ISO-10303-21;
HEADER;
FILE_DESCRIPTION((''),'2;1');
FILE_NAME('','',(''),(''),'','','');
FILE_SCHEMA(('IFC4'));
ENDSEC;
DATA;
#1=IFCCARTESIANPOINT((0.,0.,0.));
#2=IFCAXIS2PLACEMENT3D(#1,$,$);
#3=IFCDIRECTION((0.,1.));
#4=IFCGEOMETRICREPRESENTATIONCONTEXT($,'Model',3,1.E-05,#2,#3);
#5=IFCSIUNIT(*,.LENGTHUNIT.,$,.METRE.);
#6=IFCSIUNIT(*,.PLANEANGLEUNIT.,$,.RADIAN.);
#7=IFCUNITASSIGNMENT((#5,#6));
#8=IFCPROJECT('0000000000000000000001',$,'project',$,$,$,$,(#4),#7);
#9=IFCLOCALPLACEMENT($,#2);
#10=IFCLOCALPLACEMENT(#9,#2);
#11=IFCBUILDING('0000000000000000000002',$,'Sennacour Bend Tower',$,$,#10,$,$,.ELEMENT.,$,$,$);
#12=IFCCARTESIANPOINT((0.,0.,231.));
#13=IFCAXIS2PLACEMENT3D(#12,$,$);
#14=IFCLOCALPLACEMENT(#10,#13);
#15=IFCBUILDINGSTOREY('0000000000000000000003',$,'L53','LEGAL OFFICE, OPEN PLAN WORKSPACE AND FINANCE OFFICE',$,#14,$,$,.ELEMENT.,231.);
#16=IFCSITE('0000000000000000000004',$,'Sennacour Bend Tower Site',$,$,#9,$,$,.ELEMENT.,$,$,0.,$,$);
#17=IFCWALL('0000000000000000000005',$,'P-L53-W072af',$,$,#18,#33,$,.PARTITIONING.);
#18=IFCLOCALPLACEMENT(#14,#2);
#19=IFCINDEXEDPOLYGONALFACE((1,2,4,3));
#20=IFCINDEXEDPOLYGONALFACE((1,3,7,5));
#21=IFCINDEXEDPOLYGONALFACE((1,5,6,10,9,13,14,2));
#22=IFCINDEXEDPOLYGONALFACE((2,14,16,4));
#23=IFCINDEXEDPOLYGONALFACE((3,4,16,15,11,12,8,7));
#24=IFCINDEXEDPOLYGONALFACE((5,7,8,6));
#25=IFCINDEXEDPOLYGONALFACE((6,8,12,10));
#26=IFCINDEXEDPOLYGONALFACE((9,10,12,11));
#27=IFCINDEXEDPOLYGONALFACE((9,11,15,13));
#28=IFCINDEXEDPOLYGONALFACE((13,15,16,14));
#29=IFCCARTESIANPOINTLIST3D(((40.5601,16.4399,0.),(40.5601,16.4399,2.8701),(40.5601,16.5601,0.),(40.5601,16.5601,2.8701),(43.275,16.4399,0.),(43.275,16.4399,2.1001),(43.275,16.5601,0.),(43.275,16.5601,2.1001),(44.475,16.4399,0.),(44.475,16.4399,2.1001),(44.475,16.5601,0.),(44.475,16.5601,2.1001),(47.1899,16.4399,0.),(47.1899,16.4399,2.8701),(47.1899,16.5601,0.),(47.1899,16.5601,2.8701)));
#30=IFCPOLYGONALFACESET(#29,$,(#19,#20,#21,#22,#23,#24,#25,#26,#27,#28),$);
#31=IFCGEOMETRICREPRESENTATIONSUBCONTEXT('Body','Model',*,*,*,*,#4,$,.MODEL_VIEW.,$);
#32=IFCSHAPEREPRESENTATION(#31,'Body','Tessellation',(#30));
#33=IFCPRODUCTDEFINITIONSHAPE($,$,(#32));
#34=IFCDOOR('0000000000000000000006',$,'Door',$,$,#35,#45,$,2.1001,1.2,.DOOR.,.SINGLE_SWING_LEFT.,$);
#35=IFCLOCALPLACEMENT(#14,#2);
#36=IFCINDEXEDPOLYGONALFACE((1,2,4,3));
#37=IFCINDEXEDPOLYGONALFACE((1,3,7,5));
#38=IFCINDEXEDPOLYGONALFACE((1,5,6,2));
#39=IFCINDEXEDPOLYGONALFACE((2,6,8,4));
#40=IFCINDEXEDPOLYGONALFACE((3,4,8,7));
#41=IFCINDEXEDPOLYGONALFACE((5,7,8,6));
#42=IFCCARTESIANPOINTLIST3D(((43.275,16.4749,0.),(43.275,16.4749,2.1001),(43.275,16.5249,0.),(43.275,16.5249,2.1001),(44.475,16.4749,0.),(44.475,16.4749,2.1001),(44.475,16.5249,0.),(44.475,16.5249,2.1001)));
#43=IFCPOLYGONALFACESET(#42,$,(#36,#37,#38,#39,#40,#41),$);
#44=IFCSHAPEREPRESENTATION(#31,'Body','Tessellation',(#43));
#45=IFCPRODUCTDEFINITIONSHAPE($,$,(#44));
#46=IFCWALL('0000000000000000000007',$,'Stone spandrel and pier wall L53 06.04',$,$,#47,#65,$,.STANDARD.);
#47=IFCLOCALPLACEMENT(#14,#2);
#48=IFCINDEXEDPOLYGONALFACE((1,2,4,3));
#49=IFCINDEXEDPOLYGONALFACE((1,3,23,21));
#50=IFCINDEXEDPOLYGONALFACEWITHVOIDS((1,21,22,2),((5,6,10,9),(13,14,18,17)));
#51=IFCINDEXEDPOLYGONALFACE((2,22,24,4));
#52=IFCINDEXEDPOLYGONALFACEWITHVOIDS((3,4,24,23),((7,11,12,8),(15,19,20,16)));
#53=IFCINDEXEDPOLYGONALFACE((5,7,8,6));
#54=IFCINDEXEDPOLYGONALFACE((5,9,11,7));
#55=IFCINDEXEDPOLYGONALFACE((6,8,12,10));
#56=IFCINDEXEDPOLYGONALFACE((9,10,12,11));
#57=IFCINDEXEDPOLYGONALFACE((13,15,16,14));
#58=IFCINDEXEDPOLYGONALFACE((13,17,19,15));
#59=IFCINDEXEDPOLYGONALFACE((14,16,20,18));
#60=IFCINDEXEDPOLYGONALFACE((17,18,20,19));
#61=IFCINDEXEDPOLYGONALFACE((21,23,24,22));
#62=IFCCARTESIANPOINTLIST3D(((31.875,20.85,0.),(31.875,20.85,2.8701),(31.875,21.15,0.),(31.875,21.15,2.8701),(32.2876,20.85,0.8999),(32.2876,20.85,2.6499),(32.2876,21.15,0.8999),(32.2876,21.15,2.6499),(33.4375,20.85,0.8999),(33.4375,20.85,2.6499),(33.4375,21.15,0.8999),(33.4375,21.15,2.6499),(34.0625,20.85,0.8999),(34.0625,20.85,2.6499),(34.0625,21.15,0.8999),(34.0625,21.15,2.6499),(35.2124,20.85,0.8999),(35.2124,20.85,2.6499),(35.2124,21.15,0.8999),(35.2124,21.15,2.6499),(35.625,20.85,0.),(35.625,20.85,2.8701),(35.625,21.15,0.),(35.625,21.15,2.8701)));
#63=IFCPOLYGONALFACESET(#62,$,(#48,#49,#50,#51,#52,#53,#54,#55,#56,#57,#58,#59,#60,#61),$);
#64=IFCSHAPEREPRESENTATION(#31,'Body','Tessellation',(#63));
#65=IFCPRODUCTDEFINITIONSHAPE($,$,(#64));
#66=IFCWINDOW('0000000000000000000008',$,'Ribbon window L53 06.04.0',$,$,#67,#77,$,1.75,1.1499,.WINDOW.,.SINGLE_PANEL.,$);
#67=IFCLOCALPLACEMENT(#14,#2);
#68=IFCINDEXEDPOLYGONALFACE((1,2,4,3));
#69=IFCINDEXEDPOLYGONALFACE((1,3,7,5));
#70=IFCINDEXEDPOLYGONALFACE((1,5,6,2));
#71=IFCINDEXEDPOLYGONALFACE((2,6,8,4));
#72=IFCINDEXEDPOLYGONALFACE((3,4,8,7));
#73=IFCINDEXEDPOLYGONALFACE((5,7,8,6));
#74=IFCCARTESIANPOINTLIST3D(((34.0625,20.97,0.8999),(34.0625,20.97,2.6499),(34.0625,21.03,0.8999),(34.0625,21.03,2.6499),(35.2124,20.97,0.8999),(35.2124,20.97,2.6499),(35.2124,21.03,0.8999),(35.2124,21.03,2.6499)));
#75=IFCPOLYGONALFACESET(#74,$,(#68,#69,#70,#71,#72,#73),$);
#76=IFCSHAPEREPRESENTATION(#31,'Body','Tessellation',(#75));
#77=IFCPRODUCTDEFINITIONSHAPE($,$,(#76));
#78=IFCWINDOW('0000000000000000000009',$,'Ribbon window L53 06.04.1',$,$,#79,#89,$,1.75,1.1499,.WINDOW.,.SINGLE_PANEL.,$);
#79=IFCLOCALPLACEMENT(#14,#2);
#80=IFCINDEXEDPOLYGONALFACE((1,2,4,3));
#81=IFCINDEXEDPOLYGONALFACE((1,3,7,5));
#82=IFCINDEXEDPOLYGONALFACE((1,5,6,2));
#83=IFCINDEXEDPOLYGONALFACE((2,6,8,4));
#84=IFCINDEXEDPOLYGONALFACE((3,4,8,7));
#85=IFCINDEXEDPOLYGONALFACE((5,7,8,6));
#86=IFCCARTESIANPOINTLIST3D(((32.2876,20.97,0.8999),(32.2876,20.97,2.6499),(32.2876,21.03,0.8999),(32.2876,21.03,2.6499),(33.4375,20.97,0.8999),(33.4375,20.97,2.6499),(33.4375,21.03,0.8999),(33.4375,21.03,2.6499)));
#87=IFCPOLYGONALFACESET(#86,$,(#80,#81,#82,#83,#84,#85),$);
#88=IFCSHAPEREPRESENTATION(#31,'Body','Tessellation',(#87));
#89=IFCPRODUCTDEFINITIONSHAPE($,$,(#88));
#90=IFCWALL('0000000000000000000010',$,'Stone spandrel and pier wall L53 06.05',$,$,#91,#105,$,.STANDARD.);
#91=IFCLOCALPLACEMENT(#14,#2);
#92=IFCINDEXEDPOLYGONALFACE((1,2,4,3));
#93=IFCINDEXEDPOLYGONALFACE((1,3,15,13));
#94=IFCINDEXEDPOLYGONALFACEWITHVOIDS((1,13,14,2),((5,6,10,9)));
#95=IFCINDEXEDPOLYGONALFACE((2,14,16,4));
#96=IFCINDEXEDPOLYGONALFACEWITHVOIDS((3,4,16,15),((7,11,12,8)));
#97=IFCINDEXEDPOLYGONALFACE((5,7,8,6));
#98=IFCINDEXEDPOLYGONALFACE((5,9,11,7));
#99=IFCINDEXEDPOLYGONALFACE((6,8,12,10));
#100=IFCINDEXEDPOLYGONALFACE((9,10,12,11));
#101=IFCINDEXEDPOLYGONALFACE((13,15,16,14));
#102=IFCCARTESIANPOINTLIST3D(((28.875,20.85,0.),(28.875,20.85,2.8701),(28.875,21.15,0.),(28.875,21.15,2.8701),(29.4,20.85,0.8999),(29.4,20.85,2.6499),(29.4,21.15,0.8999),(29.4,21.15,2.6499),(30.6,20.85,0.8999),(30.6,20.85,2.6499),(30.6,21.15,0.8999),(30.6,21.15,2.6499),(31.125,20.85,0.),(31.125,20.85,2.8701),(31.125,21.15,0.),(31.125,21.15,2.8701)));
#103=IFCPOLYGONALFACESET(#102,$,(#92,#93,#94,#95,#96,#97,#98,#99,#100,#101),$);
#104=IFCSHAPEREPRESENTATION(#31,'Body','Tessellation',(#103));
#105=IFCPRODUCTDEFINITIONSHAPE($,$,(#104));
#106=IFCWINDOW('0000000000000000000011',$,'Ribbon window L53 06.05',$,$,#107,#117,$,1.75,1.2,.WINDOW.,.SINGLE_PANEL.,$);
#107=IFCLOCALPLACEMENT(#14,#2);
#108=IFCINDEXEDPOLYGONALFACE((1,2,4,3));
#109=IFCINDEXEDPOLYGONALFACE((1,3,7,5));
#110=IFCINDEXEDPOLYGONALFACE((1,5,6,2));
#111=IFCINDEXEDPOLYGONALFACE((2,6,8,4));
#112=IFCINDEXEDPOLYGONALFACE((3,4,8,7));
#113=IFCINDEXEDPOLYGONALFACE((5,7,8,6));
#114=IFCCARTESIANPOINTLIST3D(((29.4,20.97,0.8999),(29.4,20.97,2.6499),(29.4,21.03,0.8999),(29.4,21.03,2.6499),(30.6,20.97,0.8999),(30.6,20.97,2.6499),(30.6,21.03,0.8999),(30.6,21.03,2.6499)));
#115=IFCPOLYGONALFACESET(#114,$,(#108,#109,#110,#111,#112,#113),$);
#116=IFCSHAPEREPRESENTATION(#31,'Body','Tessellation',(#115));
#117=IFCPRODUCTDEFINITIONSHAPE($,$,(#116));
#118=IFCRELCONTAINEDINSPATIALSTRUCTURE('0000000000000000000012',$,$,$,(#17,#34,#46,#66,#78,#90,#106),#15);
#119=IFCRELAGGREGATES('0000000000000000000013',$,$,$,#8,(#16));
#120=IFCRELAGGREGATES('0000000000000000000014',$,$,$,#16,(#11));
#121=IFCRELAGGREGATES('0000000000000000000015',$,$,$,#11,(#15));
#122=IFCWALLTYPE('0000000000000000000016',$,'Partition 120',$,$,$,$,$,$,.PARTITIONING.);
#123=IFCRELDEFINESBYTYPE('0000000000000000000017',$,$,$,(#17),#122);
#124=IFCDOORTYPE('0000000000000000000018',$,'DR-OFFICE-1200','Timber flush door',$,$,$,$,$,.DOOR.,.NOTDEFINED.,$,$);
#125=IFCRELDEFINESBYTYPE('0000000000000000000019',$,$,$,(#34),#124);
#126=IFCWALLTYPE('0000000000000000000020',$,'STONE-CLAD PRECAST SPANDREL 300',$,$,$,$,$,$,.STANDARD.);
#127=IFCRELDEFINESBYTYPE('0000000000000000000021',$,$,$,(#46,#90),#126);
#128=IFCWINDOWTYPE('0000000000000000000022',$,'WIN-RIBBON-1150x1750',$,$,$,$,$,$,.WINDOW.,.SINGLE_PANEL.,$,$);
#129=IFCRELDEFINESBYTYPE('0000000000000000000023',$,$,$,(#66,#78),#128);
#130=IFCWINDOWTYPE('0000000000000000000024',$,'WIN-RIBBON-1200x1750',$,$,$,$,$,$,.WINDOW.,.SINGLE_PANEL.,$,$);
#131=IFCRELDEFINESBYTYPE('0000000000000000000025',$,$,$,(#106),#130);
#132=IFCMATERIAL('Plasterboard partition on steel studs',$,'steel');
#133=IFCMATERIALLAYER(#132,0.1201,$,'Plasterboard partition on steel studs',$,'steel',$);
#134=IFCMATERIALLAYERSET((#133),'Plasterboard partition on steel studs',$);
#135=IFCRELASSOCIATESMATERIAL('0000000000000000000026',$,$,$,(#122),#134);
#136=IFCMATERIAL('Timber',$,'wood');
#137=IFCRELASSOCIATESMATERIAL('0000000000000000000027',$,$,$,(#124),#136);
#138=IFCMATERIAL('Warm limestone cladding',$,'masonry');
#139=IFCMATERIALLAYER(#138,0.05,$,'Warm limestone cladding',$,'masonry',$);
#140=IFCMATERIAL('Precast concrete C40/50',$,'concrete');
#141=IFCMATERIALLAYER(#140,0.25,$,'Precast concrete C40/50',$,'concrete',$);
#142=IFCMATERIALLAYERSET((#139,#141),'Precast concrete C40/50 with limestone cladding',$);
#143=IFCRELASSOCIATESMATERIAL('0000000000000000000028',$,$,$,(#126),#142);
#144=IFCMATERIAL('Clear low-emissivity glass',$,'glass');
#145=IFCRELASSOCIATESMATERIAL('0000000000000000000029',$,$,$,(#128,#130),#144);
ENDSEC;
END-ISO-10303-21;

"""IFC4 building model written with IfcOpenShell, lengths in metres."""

from ifc_helpers import new_model, si_unit, direction, frame, frame_2d, origin, place, context, subcontext, project, spatial, rectangle, extrude, material, layer, layer_set, type_object, element, fill, save


model = new_model("IFC4")

# Units and contexts
model_context = context("Model", 3, precision=1e-05, world=origin(), true_north=direction((0.0, 1.0)))
body_context = subcontext(model_context, "Body", "Model", "MODEL_VIEW")
ifc_project = project(units=[si_unit("LENGTHUNIT", "METRE"), si_unit("PLANEANGLEUNIT", "RADIAN")], contexts=[model_context])

# Site, building, storey
site_placement = place(None, origin())
site = spatial("IfcSite", under=ifc_project, at=site_placement, Name="Sennacour Bend Tower Site", CompositionType="ELEMENT", RefElevation=0.0)
building_placement = place(site_placement, origin())
building = spatial("IfcBuilding", under=site, at=building_placement, Name="Sennacour Bend Tower", CompositionType="ELEMENT")
storey_placement = place(building_placement, frame((0.0, 0.0, 231.0)))
storey = spatial("IfcBuildingStorey", under=building, at=storey_placement, Name="L53", Description="LEGAL OFFICE, OPEN PLAN WORKSPACE AND FINANCE OFFICE", CompositionType="ELEMENT", Elevation=231.0)

# Shared definitions
ifc_material_1 = material(Name="Plasterboard partition on steel studs", Category="steel")
ifc_layer_1 = layer(ifc_material_1, 0.1201, Name="Plasterboard partition on steel studs", Category="steel")
ifc_layer_set_1 = layer_set([ifc_layer_1], Name="Plasterboard partition on steel studs")
wall_type_1 = type_object("IfcWallType", Name="Partition 120", PredefinedType="PARTITIONING", material=ifc_layer_set_1)

# Shared definitions
ifc_material_2 = material(Name="Timber", Category="wood")
door_type_1 = type_object("IfcDoorType", Name="DR-OFFICE-1200", Description="Timber flush door", OperationType="NOTDEFINED", PredefinedType="DOOR", material=ifc_material_2)

# Wall, opening, door
wall_1_placement = place(storey_placement, frame((40.5601, 16.5, 0.0), z_axis=(0.0, 0.0, 1.0), x_axis=(1.0, 0.0, 0.0)))
wall_1 = element("IfcWall", 1, at=wall_1_placement, inside=storey, type_object=wall_type_1, Name="P-L53-W072af", PredefinedType="PARTITIONING", context=body_context, shape_type="SweptSolid", body=[
    extrude(rectangle(XDim=6.6299, YDim=0.1201, at=frame_2d((3.3149, 0.0))), origin(), (0.0, 0.0, 1.0), 2.8701),
])
opening_1_placement = place(wall_1_placement, frame((2.7148, 0.0, 0.0)))
opening_1 = element("IfcOpeningElement", 2, at=opening_1_placement, cuts=wall_1, PredefinedType="OPENING", context=body_context, shape_type="SweptSolid", body=[
    extrude(rectangle(XDim=1.2, YDim=2.1001, at=frame_2d((0.6001, 1.05))), frame((0.0, 0.0701, 0.0), z_axis=(0.0, -1.0, 0.0), x_axis=(1.0, 0.0, 0.0)), (0.0, 0.0, 1.0), 0.1401),
])
door_1_placement = place(opening_1_placement, origin())
door_1 = element("IfcDoor", 3, at=door_1_placement, inside=storey, type_object=door_type_1, Name="Door", OperationType="SINGLE_SWING_LEFT", OverallHeight=2.1001, OverallWidth=1.2, PredefinedType="DOOR", context=body_context, shape_type="SweptSolid", body=[
    extrude(rectangle(XDim=1.2, YDim=2.1001, at=frame_2d((0.6001, 1.05))), frame((0.0, 0.0249, 0.0), z_axis=(0.0, -1.0, 0.0), x_axis=(1.0, 0.0, 0.0)), (0.0, 0.0, 1.0), 0.05),
])
fill(opening_1, door_1)

# Wall, openings, windows
ifc_material_3 = material(Name="Warm limestone cladding", Category="masonry")
ifc_layer_2 = layer(ifc_material_3, 0.05, Name="Warm limestone cladding", Category="masonry")
ifc_material_4 = material(Name="Precast concrete C40/50", Category="concrete")
ifc_layer_3 = layer(ifc_material_4, 0.25, Name="Precast concrete C40/50", Category="concrete")
ifc_layer_set_2 = layer_set([ifc_layer_2, ifc_layer_3], Name="Precast concrete C40/50 with limestone cladding")
wall_type_2 = type_object("IfcWallType", Name="STONE-CLAD PRECAST SPANDREL 300", PredefinedType="STANDARD", material=ifc_layer_set_2)
wall_2_placement = place(storey_placement, frame((35.625, 21.0, 0.0), z_axis=(0.0, 0.0, 1.0), x_axis=(-1.0, 0.0, 0.0)))
wall_2 = element("IfcWall", 4, at=wall_2_placement, inside=storey, type_object=wall_type_2, Name="Stone spandrel and pier wall L53 06.04", PredefinedType="STANDARD", context=body_context, shape_type="SweptSolid", body=[
    extrude(rectangle(XDim=3.75, YDim=0.3, at=frame_2d((1.875, 0.0))), origin(), (0.0, 0.0, 1.0), 2.8701),
])
opening_2_placement = place(wall_2_placement, frame((0.4126, 0.0, 0.8999)))
opening_2 = element("IfcOpeningElement", 5, at=opening_2_placement, cuts=wall_2, PredefinedType="OPENING", context=body_context, shape_type="SweptSolid", body=[
    extrude(rectangle(XDim=1.1499, YDim=1.75, at=frame_2d((0.575, 0.875))), frame((0.0, 0.1602, 0.0), z_axis=(0.0, -1.0, 0.0), x_axis=(1.0, 0.0, 0.0)), (0.0, 0.0, 1.0), 0.3201),
])
opening_3_placement = place(wall_2_placement, frame((2.1875, 0.0, 0.8999)))
opening_3 = element("IfcOpeningElement", 6, at=opening_3_placement, cuts=wall_2, PredefinedType="OPENING", context=body_context, shape_type="SweptSolid", body=[
    extrude(rectangle(XDim=1.1499, YDim=1.75, at=frame_2d((0.575, 0.875))), frame((0.0, 0.1602, 0.0), z_axis=(0.0, -1.0, 0.0), x_axis=(1.0, 0.0, 0.0)), (0.0, 0.0, 1.0), 0.3201),
])
ifc_material_5 = material(Name="Clear low-emissivity glass", Category="glass")
window_type_1 = type_object("IfcWindowType", Name="WIN-RIBBON-1150x1750", PartitioningType="SINGLE_PANEL", PredefinedType="WINDOW", material=ifc_material_5)
window_1_placement = place(opening_2_placement, origin())
window_1 = element("IfcWindow", 7, at=window_1_placement, inside=storey, type_object=window_type_1, Name="Ribbon window L53 06.04.0", OverallHeight=1.75, OverallWidth=1.1499, PartitioningType="SINGLE_PANEL", PredefinedType="WINDOW", context=body_context, shape_type="SweptSolid", body=[
    extrude(rectangle(XDim=1.1499, YDim=1.75, at=frame_2d((0.575, 0.875))), frame((0.0, 0.03, 0.0), z_axis=(0.0, -1.0, 0.0), x_axis=(1.0, 0.0, 0.0)), (0.0, 0.0, 1.0), 0.0601),
])
fill(opening_2, window_1)
window_2_placement = place(opening_3_placement, origin())
window_2 = element("IfcWindow", 8, at=window_2_placement, inside=storey, type_object=window_type_1, Name="Ribbon window L53 06.04.1", OverallHeight=1.75, OverallWidth=1.1499, PartitioningType="SINGLE_PANEL", PredefinedType="WINDOW", context=body_context, shape_type="SweptSolid", body=[
    extrude(rectangle(XDim=1.1499, YDim=1.75, at=frame_2d((0.575, 0.875))), frame((0.0, 0.03, 0.0), z_axis=(0.0, -1.0, 0.0), x_axis=(1.0, 0.0, 0.0)), (0.0, 0.0, 1.0), 0.0601),
])
fill(opening_3, window_2)

# Wall, opening, window
wall_3_placement = place(storey_placement, frame((31.125, 21.0, 0.0), z_axis=(0.0, 0.0, 1.0), x_axis=(-1.0, 0.0, 0.0)))
wall_3 = element("IfcWall", 9, at=wall_3_placement, inside=storey, type_object=wall_type_2, Name="Stone spandrel and pier wall L53 06.05", PredefinedType="STANDARD", context=body_context, shape_type="SweptSolid", body=[
    extrude(rectangle(XDim=2.25, YDim=0.3, at=frame_2d((1.125, 0.0))), origin(), (0.0, 0.0, 1.0), 2.8701),
])
opening_4_placement = place(wall_3_placement, frame((0.5249, 0.0, 0.8999)))
opening_4 = element("IfcOpeningElement", 10, at=opening_4_placement, cuts=wall_3, PredefinedType="OPENING", context=body_context, shape_type="SweptSolid", body=[
    extrude(rectangle(XDim=1.2, YDim=1.75, at=frame_2d((0.6001, 0.875))), frame((0.0, 0.1602, 0.0), z_axis=(0.0, -1.0, 0.0), x_axis=(1.0, 0.0, 0.0)), (0.0, 0.0, 1.0), 0.3201),
])
window_type_2 = type_object("IfcWindowType", Name="WIN-RIBBON-1200x1750", PartitioningType="SINGLE_PANEL", PredefinedType="WINDOW", material=ifc_material_5)
window_3_placement = place(opening_4_placement, origin())
window_3 = element("IfcWindow", 11, at=window_3_placement, inside=storey, type_object=window_type_2, Name="Ribbon window L53 06.05", OverallHeight=1.75, OverallWidth=1.2, PartitioningType="SINGLE_PANEL", PredefinedType="WINDOW", context=body_context, shape_type="SweptSolid", body=[
    extrude(rectangle(XDim=1.2, YDim=1.75, at=frame_2d((0.6001, 0.875))), frame((0.0, 0.03, 0.0), z_axis=(0.0, -1.0, 0.0), x_axis=(1.0, 0.0, 0.0)), (0.0, 0.0, 1.0), 0.0601),
])
fill(opening_4, window_3)

save(model, "model.ifc")
